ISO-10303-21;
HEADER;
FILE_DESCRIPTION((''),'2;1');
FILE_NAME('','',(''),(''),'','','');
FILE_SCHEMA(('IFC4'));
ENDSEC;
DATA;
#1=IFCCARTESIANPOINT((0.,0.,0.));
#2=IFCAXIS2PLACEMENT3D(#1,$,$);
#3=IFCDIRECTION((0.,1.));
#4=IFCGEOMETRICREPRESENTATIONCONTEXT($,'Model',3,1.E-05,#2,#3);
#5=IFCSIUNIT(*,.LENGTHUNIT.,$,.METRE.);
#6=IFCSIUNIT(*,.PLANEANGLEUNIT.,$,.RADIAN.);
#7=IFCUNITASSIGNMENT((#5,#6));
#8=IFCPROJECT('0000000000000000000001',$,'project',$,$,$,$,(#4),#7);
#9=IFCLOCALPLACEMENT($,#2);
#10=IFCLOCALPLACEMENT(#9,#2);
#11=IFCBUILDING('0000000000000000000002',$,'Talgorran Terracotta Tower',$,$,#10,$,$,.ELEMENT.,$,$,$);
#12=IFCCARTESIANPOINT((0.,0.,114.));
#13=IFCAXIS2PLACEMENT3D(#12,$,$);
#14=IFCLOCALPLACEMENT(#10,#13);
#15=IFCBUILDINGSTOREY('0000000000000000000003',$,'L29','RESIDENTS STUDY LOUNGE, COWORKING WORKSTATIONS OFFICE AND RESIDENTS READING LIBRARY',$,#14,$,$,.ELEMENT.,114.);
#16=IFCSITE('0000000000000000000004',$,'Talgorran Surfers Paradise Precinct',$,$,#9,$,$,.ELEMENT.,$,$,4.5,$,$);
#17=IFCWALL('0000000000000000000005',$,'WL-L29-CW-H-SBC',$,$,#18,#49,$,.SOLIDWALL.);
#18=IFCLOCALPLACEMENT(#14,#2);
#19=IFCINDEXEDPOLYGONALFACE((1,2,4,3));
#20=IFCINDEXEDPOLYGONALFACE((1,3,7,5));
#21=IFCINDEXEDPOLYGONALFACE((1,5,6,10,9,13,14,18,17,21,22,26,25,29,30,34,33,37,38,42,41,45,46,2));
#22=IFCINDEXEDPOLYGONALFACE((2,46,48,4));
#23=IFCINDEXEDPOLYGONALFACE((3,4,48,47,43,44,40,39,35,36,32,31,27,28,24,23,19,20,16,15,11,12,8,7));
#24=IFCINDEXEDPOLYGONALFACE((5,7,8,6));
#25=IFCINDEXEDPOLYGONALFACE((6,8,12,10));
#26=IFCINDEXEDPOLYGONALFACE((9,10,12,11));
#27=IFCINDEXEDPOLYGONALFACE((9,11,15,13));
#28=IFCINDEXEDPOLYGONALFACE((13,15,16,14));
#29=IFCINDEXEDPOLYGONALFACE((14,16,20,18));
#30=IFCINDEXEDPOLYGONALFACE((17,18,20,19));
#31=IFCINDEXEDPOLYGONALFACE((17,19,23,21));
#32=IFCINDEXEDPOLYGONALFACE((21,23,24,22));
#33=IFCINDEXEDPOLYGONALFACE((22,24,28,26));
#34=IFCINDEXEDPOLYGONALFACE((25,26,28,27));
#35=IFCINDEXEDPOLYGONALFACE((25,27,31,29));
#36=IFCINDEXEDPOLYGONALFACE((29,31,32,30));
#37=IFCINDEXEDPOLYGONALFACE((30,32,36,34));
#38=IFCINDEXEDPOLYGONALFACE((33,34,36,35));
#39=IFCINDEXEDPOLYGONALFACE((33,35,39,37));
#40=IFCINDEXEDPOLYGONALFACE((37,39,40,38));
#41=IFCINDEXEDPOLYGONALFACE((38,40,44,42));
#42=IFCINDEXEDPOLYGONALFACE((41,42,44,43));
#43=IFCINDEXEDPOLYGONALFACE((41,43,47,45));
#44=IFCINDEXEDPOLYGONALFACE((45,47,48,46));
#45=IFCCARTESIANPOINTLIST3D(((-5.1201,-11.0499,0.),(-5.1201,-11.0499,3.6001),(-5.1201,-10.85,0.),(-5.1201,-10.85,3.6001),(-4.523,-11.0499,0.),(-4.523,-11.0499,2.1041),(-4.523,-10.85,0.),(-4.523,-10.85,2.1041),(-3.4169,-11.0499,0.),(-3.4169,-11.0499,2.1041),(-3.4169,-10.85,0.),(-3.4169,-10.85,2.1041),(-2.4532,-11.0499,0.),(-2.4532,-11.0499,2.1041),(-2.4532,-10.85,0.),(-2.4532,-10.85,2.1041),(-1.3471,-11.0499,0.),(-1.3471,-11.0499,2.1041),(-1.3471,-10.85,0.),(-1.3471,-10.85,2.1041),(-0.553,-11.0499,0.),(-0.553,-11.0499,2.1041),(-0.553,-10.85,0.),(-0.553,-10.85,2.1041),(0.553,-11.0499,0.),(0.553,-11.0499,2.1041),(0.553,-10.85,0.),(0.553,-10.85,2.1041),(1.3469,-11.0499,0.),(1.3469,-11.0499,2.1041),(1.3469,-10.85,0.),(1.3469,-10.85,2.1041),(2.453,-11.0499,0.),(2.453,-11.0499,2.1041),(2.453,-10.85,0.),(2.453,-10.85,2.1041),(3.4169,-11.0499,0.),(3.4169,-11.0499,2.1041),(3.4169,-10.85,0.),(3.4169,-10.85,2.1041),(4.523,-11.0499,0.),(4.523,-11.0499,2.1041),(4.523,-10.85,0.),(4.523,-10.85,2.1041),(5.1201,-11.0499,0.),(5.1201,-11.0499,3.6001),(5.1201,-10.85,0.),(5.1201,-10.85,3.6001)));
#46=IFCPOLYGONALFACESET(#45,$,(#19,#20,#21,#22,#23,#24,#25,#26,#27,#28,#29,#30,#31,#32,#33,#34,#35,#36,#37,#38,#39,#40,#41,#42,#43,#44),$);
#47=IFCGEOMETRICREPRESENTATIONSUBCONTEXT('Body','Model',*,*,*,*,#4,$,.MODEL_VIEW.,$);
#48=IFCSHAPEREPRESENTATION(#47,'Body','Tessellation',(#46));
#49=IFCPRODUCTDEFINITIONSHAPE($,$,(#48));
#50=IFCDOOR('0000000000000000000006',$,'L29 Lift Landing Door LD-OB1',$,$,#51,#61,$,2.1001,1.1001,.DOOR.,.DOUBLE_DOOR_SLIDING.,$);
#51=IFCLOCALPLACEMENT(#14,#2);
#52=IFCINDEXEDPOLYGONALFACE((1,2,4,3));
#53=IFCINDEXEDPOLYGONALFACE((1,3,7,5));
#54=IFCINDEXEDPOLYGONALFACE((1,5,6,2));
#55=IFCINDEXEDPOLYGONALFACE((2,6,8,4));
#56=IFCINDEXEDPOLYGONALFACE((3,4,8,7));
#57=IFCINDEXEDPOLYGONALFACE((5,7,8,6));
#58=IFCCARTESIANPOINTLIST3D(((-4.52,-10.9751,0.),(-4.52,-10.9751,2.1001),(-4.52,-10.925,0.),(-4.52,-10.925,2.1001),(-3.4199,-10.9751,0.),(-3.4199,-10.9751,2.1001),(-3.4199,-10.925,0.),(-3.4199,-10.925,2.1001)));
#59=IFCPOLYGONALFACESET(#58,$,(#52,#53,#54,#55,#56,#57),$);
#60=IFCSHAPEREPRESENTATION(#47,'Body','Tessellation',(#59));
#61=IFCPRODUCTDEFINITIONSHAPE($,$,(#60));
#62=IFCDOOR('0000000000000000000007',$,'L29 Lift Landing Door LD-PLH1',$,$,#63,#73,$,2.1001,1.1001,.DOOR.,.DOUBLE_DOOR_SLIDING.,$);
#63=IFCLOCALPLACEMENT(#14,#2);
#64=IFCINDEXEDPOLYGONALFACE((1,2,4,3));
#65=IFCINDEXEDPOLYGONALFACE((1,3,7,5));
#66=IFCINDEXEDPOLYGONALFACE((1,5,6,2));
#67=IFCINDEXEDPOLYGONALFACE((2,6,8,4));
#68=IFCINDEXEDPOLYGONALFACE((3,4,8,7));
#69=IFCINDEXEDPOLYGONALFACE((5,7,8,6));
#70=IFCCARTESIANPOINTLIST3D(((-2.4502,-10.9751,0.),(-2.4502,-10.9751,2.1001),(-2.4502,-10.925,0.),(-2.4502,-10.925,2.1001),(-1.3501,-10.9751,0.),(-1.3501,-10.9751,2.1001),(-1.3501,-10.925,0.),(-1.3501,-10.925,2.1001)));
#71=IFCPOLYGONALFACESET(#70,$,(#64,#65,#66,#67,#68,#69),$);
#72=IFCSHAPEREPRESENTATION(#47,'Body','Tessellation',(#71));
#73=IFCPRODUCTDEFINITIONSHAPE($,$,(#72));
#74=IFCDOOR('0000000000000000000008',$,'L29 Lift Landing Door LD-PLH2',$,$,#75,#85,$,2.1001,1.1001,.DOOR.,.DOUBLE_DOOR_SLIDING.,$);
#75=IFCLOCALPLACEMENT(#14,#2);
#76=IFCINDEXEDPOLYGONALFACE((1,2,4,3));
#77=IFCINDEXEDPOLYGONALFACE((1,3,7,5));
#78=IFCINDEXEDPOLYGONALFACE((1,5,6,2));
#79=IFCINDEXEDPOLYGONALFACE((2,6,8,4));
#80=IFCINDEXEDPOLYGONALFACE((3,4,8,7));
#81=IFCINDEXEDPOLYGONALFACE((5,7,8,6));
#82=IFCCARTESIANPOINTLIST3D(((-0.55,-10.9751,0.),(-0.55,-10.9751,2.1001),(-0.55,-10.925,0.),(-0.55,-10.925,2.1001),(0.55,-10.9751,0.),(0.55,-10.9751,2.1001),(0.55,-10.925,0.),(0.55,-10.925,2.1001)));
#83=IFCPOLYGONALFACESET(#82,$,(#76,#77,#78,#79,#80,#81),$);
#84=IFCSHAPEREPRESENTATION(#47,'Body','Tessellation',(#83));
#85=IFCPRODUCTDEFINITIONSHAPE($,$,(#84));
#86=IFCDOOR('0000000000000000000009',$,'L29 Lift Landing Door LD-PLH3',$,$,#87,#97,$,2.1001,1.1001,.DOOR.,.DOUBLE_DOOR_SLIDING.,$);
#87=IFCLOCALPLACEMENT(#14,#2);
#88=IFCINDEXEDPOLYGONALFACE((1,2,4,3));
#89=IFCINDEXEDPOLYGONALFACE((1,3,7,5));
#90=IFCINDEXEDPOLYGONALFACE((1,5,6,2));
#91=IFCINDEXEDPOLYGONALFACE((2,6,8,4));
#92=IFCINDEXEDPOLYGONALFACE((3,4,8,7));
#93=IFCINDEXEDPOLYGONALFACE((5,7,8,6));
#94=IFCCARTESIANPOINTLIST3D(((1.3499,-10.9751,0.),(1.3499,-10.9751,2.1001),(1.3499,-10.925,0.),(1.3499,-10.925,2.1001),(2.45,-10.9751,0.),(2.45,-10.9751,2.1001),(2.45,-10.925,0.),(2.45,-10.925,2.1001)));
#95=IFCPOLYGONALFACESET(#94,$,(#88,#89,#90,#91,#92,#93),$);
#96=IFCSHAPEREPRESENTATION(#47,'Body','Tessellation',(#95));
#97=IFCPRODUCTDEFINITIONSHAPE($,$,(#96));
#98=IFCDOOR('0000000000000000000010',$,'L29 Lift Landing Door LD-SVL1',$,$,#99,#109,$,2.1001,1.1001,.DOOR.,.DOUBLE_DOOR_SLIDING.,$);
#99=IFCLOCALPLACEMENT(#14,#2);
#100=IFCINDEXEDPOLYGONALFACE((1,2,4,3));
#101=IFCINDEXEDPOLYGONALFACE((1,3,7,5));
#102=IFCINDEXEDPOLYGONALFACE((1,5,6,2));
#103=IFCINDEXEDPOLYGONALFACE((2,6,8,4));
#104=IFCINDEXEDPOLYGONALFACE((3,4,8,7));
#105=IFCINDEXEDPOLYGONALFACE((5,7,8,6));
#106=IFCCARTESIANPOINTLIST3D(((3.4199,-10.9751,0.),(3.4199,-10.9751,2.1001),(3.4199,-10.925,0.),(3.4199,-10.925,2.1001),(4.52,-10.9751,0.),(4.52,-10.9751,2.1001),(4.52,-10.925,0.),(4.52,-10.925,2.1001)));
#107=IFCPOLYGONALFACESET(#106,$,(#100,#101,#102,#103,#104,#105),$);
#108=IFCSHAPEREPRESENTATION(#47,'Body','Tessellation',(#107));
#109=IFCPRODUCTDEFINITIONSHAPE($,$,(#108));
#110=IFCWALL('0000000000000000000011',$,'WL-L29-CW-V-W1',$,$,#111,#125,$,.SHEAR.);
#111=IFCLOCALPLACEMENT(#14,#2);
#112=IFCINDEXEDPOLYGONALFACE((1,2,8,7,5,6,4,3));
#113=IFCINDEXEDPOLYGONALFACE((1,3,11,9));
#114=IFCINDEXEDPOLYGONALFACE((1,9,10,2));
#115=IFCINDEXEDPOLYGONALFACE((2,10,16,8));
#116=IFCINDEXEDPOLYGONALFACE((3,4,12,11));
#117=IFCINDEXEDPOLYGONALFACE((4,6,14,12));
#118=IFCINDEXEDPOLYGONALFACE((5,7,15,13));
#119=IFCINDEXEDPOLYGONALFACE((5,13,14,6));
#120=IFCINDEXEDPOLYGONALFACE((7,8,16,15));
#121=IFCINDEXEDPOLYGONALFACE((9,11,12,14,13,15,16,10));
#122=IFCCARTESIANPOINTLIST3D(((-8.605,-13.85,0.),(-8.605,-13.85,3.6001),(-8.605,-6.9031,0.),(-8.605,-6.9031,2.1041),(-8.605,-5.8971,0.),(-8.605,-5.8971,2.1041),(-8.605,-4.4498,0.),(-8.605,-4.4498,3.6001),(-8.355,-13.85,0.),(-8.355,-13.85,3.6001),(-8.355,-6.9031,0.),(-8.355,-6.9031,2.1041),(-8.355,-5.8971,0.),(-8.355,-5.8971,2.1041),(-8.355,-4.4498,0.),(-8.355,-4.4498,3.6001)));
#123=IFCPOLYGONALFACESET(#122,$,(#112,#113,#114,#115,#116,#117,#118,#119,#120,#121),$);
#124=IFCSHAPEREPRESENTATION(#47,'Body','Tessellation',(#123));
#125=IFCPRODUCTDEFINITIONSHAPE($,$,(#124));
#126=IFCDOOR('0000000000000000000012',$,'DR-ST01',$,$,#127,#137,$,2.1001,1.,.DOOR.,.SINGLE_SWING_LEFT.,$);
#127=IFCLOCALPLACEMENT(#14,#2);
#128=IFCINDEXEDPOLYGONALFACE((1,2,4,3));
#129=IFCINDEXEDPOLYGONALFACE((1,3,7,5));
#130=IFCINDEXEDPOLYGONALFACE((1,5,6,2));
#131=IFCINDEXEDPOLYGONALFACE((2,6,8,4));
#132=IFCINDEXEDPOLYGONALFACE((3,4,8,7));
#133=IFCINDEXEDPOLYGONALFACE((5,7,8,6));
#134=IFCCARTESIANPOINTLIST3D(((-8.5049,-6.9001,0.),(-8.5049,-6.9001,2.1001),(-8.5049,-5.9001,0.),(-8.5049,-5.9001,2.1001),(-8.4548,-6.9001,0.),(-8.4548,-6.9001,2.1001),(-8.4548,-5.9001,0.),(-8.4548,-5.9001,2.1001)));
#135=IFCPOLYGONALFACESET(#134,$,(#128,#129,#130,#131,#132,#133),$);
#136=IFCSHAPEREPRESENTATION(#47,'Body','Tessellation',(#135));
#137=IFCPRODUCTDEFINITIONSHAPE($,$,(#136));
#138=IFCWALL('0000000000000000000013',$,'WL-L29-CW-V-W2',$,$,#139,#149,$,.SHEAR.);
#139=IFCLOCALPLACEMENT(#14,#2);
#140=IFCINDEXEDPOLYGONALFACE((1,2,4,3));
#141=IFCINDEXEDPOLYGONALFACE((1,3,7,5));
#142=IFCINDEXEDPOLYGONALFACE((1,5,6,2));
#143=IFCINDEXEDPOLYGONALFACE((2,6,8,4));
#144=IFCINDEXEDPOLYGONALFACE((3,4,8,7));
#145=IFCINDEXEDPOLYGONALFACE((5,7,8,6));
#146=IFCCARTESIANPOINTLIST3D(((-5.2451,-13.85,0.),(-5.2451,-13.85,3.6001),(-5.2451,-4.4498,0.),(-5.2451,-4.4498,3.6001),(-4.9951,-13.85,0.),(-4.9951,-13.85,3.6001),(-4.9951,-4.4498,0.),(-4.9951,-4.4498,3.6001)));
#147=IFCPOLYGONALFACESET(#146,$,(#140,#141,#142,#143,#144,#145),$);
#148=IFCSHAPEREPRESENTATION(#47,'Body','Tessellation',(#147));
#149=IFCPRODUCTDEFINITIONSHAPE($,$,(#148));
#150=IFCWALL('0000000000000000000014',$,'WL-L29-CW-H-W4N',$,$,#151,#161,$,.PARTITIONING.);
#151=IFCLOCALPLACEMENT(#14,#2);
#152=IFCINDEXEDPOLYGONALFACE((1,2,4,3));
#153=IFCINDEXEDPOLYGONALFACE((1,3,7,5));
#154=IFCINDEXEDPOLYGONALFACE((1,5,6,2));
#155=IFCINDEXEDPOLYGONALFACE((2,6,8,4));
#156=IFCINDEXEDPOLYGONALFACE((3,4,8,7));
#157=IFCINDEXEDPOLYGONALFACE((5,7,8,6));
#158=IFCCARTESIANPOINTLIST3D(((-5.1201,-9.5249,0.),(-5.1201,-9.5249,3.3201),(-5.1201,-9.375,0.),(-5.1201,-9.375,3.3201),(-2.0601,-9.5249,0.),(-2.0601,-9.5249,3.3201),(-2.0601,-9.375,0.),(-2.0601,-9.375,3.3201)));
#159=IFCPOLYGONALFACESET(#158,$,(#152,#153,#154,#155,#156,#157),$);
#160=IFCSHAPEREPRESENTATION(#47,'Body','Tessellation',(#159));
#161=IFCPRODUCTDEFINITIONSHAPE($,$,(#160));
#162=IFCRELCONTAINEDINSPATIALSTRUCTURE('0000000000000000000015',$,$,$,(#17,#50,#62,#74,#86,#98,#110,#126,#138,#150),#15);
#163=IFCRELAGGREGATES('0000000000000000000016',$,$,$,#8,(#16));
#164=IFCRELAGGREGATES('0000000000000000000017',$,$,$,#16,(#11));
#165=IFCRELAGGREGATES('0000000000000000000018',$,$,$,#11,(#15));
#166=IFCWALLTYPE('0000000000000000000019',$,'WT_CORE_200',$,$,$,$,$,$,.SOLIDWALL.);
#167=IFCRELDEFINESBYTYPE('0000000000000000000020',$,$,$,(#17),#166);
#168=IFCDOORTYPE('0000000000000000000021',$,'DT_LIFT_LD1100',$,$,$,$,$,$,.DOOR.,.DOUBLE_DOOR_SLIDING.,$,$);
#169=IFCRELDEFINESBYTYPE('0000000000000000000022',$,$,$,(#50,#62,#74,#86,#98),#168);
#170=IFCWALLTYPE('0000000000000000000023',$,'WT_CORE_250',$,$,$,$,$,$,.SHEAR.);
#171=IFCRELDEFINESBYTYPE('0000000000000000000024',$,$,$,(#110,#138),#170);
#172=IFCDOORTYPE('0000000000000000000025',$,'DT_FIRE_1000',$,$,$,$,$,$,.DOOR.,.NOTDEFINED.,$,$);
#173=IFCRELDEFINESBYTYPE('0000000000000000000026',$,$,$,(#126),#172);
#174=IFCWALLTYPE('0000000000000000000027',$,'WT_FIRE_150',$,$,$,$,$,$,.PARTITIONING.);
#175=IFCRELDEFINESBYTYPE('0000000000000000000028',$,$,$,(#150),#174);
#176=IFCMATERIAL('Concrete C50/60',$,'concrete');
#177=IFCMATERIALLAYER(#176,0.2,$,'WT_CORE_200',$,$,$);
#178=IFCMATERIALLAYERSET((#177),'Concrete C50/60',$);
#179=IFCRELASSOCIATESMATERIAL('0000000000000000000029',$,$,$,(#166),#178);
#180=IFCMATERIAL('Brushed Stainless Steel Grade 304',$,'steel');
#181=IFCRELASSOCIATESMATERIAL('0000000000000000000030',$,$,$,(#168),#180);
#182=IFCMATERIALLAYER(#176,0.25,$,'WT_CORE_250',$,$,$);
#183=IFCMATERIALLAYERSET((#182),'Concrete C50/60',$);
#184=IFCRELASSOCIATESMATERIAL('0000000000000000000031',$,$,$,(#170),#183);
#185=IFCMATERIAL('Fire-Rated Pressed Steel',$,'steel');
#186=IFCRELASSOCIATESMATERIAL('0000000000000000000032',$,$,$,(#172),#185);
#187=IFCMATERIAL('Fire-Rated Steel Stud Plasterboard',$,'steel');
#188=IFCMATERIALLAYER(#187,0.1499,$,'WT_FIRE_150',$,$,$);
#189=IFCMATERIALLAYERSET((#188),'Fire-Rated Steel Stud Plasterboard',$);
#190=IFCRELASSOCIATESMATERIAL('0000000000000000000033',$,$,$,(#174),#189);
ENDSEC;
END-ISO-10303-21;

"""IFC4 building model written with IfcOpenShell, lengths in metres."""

from ifc_helpers import new_model, si_unit, direction, frame, frame_2d, origin, place, context, subcontext, project, spatial, rectangle, extrude, material, layer, layer_set, type_object, element, fill, save


model = new_model("IFC4")

# Units and contexts
model_context = context("Model", 3, precision=1e-05, world=origin(), true_north=direction((0.0, 1.0)))
body_context = subcontext(model_context, "Body", "Model", "MODEL_VIEW")
ifc_project = project(units=[si_unit("LENGTHUNIT", "METRE"), si_unit("PLANEANGLEUNIT", "RADIAN")], contexts=[model_context])

# Site, building, storey
site_placement = place(None, origin())
site = spatial("IfcSite", under=ifc_project, at=site_placement, Name="Talgorran Surfers Paradise Precinct", CompositionType="ELEMENT", RefElevation=4.5)
building_placement = place(site_placement, origin())
building = spatial("IfcBuilding", under=site, at=building_placement, Name="Talgorran Terracotta Tower", CompositionType="ELEMENT")
storey_placement = place(building_placement, frame((0.0, 0.0, 114.0)))
storey = spatial("IfcBuildingStorey", under=building, at=storey_placement, Name="L29", Description="RESIDENTS STUDY LOUNGE, COWORKING WORKSTATIONS OFFICE AND RESIDENTS READING LIBRARY", CompositionType="ELEMENT", Elevation=114.0)

# Wall, openings, doors
ifc_material_1 = material(Name="Concrete C50/60", Category="concrete")
ifc_layer_1 = layer(ifc_material_1, 0.2, Name="WT_CORE_200")
ifc_layer_set_1 = layer_set([ifc_layer_1], Name="Concrete C50/60")
wall_type_1 = type_object("IfcWallType", Name="WT_CORE_200", PredefinedType="SOLIDWALL", material=ifc_layer_set_1)
ifc_material_2 = material(Name="Brushed Stainless Steel Grade 304", Category="steel")
door_type_1 = type_object("IfcDoorType", Name="DT_LIFT_LD1100", OperationType="DOUBLE_DOOR_SLIDING", PredefinedType="DOOR", material=ifc_material_2)
ifc_material_3 = material(Name="Fire-Rated Pressed Steel", Category="steel")
wall_1_placement = place(storey_placement, frame((-5.1201, -10.95, 0.0), z_axis=(0.0, 0.0, 1.0), x_axis=(1.0, 0.0, 0.0)))
wall_1 = element("IfcWall", 1, at=wall_1_placement, inside=storey, type_object=wall_type_1, Name="WL-L29-CW-H-SBC", PredefinedType="SOLIDWALL", context=body_context, shape_type="SweptSolid", body=[
    extrude(rectangle(XDim=10.2402, YDim=0.2, at=frame_2d((5.1201, 0.0))), origin(), (0.0, 0.0, 1.0), 3.6001),
])
opening_1_placement = place(wall_1_placement, frame((0.6001, 0.0, 0.0)))
opening_1 = element("IfcOpeningElement", 2, at=opening_1_placement, cuts=wall_1, PredefinedType="OPENING", context=body_context, shape_type="SweptSolid", body=[
    extrude(rectangle(XDim=1.1061, YDim=2.1041, at=frame_2d((0.55, 1.052))), frame((0.0, 0.1099, 0.0), z_axis=(0.0, -1.0, 0.0), x_axis=(1.0, 0.0, 0.0)), (0.0, 0.0, 1.0), 0.22),
])
opening_2_placement = place(wall_1_placement, frame((2.6699, 0.0, 0.0)))
opening_2 = element("IfcOpeningElement", 3, at=opening_2_placement, cuts=wall_1, PredefinedType="OPENING", context=body_context, shape_type="SweptSolid", body=[
    extrude(rectangle(XDim=1.1061, YDim=2.1041, at=frame_2d((0.55, 1.052))), frame((0.0, 0.1099, 0.0), z_axis=(0.0, -1.0, 0.0), x_axis=(1.0, 0.0, 0.0)), (0.0, 0.0, 1.0), 0.22),
])
opening_3_placement = place(wall_1_placement, frame((4.5701, 0.0, 0.0)))
opening_3 = element("IfcOpeningElement", 4, at=opening_3_placement, cuts=wall_1, PredefinedType="OPENING", context=body_context, shape_type="SweptSolid", body=[
    extrude(rectangle(XDim=1.1061, YDim=2.1041, at=frame_2d((0.55, 1.052))), frame((0.0, 0.1099, 0.0), z_axis=(0.0, -1.0, 0.0), x_axis=(1.0, 0.0, 0.0)), (0.0, 0.0, 1.0), 0.22),
])
opening_4_placement = place(wall_1_placement, frame((6.47, 0.0, 0.0)))
opening_4 = element("IfcOpeningElement", 5, at=opening_4_placement, cuts=wall_1, PredefinedType="OPENING", context=body_context, shape_type="SweptSolid", body=[
    extrude(rectangle(XDim=1.1061, YDim=2.1041, at=frame_2d((0.55, 1.052))), frame((0.0, 0.1099, 0.0), z_axis=(0.0, -1.0, 0.0), x_axis=(1.0, 0.0, 0.0)), (0.0, 0.0, 1.0), 0.22),
])
opening_5_placement = place(wall_1_placement, frame((8.54, 0.0, 0.0)))
opening_5 = element("IfcOpeningElement", 6, at=opening_5_placement, cuts=wall_1, PredefinedType="OPENING", context=body_context, shape_type="SweptSolid", body=[
    extrude(rectangle(XDim=1.1061, YDim=2.1041, at=frame_2d((0.55, 1.052))), frame((0.0, 0.1099, 0.0), z_axis=(0.0, -1.0, 0.0), x_axis=(1.0, 0.0, 0.0)), (0.0, 0.0, 1.0), 0.22),
])
door_1_placement = place(opening_1_placement, origin())
door_1 = element("IfcDoor", 7, at=door_1_placement, inside=storey, type_object=door_type_1, Name="L29 Lift Landing Door LD-OB1", OperationType="DOUBLE_DOOR_SLIDING", OverallHeight=2.1001, OverallWidth=1.1001, PredefinedType="DOOR", context=body_context, shape_type="SweptSolid", body=[
    extrude(rectangle(XDim=1.1001, YDim=2.1001, at=frame_2d((0.55, 1.05))), frame((0.0, 0.0249, 0.0), z_axis=(0.0, -1.0, 0.0), x_axis=(1.0, 0.0, 0.0)), (0.0, 0.0, 1.0), 0.05),
])
fill(opening_1, door_1)
door_2_placement = place(opening_2_placement, origin())
door_2 = element("IfcDoor", 8, at=door_2_placement, inside=storey, type_object=door_type_1, Name="L29 Lift Landing Door LD-PLH1", OperationType="DOUBLE_DOOR_SLIDING", OverallHeight=2.1001, OverallWidth=1.1001, PredefinedType="DOOR", context=body_context, shape_type="SweptSolid", body=[
    extrude(rectangle(XDim=1.1001, YDim=2.1001, at=frame_2d((0.55, 1.05))), frame((0.0, 0.0249, 0.0), z_axis=(0.0, -1.0, 0.0), x_axis=(1.0, 0.0, 0.0)), (0.0, 0.0, 1.0), 0.05),
])
fill(opening_2, door_2)
door_3_placement = place(opening_3_placement, origin())
door_3 = element("IfcDoor", 9, at=door_3_placement, inside=storey, type_object=door_type_1, Name="L29 Lift Landing Door LD-PLH2", OperationType="DOUBLE_DOOR_SLIDING", OverallHeight=2.1001, OverallWidth=1.1001, PredefinedType="DOOR", context=body_context, shape_type="SweptSolid", body=[
    extrude(rectangle(XDim=1.1001, YDim=2.1001, at=frame_2d((0.55, 1.05))), frame((0.0, 0.0249, 0.0), z_axis=(0.0, -1.0, 0.0), x_axis=(1.0, 0.0, 0.0)), (0.0, 0.0, 1.0), 0.05),
])
fill(opening_3, door_3)
door_4_placement = place(opening_4_placement, origin())
door_4 = element("IfcDoor", 10, at=door_4_placement, inside=storey, type_object=door_type_1, Name="L29 Lift Landing Door LD-PLH3", OperationType="DOUBLE_DOOR_SLIDING", OverallHeight=2.1001, OverallWidth=1.1001, PredefinedType="DOOR", context=body_context, shape_type="SweptSolid", body=[
    extrude(rectangle(XDim=1.1001, YDim=2.1001, at=frame_2d((0.55, 1.05))), frame((0.0, 0.0249, 0.0), z_axis=(0.0, -1.0, 0.0), x_axis=(1.0, 0.0, 0.0)), (0.0, 0.0, 1.0), 0.05),
])
fill(opening_4, door_4)
door_5_placement = place(opening_5_placement, origin())
door_5 = element("IfcDoor", 11, at=door_5_placement, inside=storey, type_object=door_type_1, Name="L29 Lift Landing Door LD-SVL1", OperationType="DOUBLE_DOOR_SLIDING", OverallHeight=2.1001, OverallWidth=1.1001, PredefinedType="DOOR", context=body_context, shape_type="SweptSolid", body=[
    extrude(rectangle(XDim=1.1001, YDim=2.1001, at=frame_2d((0.55, 1.05))), frame((0.0, 0.0249, 0.0), z_axis=(0.0, -1.0, 0.0), x_axis=(1.0, 0.0, 0.0)), (0.0, 0.0, 1.0), 0.05),
])
fill(opening_5, door_5)

# Wall, opening, door
ifc_layer_2 = layer(ifc_material_1, 0.25, Name="WT_CORE_250")
ifc_layer_set_2 = layer_set([ifc_layer_2], Name="Concrete C50/60")
wall_type_2 = type_object("IfcWallType", Name="WT_CORE_250", PredefinedType="SHEAR", material=ifc_layer_set_2)
wall_2_placement = place(storey_placement, frame((-8.48, -13.8501, 0.0), z_axis=(0.0, 0.0, 1.0), x_axis=(0.0, 1.0, 0.0)))
wall_2 = element("IfcWall", 12, at=wall_2_placement, inside=storey, type_object=wall_type_2, Name="WL-L29-CW-V-W1", PredefinedType="SHEAR", context=body_context, shape_type="SweptSolid", body=[
    extrude(rectangle(XDim=9.4001, YDim=0.25, at=frame_2d((4.7002, 0.0))), origin(), (0.0, 0.0, 1.0), 3.6001),
])
opening_6_placement = place(wall_2_placement, frame((6.95, 0.0, 0.0)))
opening_6 = element("IfcOpeningElement", 13, at=opening_6_placement, cuts=wall_2, PredefinedType="OPENING", context=body_context, shape_type="SweptSolid", body=[
    extrude(rectangle(XDim=1.006, YDim=2.1041, at=frame_2d((0.5, 1.052))), frame((0.0, 0.135, 0.0), z_axis=(0.0, -1.0, 0.0), x_axis=(1.0, 0.0, 0.0)), (0.0, 0.0, 1.0), 0.27),
])
door_type_2 = type_object("IfcDoorType", Name="DT_FIRE_1000", OperationType="NOTDEFINED", PredefinedType="DOOR", material=ifc_material_3)
door_6_placement = place(opening_6_placement, origin())
door_6 = element("IfcDoor", 14, at=door_6_placement, inside=storey, type_object=door_type_2, Name="DR-ST01", OperationType="SINGLE_SWING_LEFT", OverallHeight=2.1001, OverallWidth=1.0, PredefinedType="DOOR", context=body_context, shape_type="SweptSolid", body=[
    extrude(rectangle(XDim=1.0, YDim=2.1001, at=frame_2d((0.5, 1.05))), frame((0.0, 0.0249, 0.0), z_axis=(0.0, -1.0, 0.0), x_axis=(1.0, 0.0, 0.0)), (0.0, 0.0, 1.0), 0.05),
])
fill(opening_6, door_6)

# Walls
wall_3_placement = place(storey_placement, frame((-5.1201, -13.8501, 0.0), z_axis=(0.0, 0.0, 1.0), x_axis=(0.0, 1.0, 0.0)))
element("IfcWall", 15, at=wall_3_placement, inside=storey, type_object=wall_type_2, Name="WL-L29-CW-V-W2", PredefinedType="SHEAR", context=body_context, shape_type="SweptSolid", body=[
    extrude(rectangle(XDim=9.4001, YDim=0.25, at=frame_2d((4.7002, 0.0))), origin(), (0.0, 0.0, 1.0), 3.6001),
])
ifc_material_4 = material(Name="Fire-Rated Steel Stud Plasterboard", Category="steel")
ifc_layer_3 = layer(ifc_material_4, 0.1499, Name="WT_FIRE_150")
ifc_layer_set_3 = layer_set([ifc_layer_3], Name="Fire-Rated Steel Stud Plasterboard")
wall_type_3 = type_object("IfcWallType", Name="WT_FIRE_150", PredefinedType="PARTITIONING", material=ifc_layer_set_3)
wall_4_placement = place(storey_placement, frame((-5.1201, -9.45, 0.0), z_axis=(0.0, 0.0, 1.0), x_axis=(1.0, 0.0, 0.0)))
element("IfcWall", 16, at=wall_4_placement, inside=storey, type_object=wall_type_3, Name="WL-L29-CW-H-W4N", PredefinedType="PARTITIONING", context=body_context, shape_type="SweptSolid", body=[
    extrude(rectangle(XDim=3.0601, YDim=0.1499, at=frame_2d((1.53, 0.0))), origin(), (0.0, 0.0, 1.0), 3.3201),
])

save(model, "model.ifc")
